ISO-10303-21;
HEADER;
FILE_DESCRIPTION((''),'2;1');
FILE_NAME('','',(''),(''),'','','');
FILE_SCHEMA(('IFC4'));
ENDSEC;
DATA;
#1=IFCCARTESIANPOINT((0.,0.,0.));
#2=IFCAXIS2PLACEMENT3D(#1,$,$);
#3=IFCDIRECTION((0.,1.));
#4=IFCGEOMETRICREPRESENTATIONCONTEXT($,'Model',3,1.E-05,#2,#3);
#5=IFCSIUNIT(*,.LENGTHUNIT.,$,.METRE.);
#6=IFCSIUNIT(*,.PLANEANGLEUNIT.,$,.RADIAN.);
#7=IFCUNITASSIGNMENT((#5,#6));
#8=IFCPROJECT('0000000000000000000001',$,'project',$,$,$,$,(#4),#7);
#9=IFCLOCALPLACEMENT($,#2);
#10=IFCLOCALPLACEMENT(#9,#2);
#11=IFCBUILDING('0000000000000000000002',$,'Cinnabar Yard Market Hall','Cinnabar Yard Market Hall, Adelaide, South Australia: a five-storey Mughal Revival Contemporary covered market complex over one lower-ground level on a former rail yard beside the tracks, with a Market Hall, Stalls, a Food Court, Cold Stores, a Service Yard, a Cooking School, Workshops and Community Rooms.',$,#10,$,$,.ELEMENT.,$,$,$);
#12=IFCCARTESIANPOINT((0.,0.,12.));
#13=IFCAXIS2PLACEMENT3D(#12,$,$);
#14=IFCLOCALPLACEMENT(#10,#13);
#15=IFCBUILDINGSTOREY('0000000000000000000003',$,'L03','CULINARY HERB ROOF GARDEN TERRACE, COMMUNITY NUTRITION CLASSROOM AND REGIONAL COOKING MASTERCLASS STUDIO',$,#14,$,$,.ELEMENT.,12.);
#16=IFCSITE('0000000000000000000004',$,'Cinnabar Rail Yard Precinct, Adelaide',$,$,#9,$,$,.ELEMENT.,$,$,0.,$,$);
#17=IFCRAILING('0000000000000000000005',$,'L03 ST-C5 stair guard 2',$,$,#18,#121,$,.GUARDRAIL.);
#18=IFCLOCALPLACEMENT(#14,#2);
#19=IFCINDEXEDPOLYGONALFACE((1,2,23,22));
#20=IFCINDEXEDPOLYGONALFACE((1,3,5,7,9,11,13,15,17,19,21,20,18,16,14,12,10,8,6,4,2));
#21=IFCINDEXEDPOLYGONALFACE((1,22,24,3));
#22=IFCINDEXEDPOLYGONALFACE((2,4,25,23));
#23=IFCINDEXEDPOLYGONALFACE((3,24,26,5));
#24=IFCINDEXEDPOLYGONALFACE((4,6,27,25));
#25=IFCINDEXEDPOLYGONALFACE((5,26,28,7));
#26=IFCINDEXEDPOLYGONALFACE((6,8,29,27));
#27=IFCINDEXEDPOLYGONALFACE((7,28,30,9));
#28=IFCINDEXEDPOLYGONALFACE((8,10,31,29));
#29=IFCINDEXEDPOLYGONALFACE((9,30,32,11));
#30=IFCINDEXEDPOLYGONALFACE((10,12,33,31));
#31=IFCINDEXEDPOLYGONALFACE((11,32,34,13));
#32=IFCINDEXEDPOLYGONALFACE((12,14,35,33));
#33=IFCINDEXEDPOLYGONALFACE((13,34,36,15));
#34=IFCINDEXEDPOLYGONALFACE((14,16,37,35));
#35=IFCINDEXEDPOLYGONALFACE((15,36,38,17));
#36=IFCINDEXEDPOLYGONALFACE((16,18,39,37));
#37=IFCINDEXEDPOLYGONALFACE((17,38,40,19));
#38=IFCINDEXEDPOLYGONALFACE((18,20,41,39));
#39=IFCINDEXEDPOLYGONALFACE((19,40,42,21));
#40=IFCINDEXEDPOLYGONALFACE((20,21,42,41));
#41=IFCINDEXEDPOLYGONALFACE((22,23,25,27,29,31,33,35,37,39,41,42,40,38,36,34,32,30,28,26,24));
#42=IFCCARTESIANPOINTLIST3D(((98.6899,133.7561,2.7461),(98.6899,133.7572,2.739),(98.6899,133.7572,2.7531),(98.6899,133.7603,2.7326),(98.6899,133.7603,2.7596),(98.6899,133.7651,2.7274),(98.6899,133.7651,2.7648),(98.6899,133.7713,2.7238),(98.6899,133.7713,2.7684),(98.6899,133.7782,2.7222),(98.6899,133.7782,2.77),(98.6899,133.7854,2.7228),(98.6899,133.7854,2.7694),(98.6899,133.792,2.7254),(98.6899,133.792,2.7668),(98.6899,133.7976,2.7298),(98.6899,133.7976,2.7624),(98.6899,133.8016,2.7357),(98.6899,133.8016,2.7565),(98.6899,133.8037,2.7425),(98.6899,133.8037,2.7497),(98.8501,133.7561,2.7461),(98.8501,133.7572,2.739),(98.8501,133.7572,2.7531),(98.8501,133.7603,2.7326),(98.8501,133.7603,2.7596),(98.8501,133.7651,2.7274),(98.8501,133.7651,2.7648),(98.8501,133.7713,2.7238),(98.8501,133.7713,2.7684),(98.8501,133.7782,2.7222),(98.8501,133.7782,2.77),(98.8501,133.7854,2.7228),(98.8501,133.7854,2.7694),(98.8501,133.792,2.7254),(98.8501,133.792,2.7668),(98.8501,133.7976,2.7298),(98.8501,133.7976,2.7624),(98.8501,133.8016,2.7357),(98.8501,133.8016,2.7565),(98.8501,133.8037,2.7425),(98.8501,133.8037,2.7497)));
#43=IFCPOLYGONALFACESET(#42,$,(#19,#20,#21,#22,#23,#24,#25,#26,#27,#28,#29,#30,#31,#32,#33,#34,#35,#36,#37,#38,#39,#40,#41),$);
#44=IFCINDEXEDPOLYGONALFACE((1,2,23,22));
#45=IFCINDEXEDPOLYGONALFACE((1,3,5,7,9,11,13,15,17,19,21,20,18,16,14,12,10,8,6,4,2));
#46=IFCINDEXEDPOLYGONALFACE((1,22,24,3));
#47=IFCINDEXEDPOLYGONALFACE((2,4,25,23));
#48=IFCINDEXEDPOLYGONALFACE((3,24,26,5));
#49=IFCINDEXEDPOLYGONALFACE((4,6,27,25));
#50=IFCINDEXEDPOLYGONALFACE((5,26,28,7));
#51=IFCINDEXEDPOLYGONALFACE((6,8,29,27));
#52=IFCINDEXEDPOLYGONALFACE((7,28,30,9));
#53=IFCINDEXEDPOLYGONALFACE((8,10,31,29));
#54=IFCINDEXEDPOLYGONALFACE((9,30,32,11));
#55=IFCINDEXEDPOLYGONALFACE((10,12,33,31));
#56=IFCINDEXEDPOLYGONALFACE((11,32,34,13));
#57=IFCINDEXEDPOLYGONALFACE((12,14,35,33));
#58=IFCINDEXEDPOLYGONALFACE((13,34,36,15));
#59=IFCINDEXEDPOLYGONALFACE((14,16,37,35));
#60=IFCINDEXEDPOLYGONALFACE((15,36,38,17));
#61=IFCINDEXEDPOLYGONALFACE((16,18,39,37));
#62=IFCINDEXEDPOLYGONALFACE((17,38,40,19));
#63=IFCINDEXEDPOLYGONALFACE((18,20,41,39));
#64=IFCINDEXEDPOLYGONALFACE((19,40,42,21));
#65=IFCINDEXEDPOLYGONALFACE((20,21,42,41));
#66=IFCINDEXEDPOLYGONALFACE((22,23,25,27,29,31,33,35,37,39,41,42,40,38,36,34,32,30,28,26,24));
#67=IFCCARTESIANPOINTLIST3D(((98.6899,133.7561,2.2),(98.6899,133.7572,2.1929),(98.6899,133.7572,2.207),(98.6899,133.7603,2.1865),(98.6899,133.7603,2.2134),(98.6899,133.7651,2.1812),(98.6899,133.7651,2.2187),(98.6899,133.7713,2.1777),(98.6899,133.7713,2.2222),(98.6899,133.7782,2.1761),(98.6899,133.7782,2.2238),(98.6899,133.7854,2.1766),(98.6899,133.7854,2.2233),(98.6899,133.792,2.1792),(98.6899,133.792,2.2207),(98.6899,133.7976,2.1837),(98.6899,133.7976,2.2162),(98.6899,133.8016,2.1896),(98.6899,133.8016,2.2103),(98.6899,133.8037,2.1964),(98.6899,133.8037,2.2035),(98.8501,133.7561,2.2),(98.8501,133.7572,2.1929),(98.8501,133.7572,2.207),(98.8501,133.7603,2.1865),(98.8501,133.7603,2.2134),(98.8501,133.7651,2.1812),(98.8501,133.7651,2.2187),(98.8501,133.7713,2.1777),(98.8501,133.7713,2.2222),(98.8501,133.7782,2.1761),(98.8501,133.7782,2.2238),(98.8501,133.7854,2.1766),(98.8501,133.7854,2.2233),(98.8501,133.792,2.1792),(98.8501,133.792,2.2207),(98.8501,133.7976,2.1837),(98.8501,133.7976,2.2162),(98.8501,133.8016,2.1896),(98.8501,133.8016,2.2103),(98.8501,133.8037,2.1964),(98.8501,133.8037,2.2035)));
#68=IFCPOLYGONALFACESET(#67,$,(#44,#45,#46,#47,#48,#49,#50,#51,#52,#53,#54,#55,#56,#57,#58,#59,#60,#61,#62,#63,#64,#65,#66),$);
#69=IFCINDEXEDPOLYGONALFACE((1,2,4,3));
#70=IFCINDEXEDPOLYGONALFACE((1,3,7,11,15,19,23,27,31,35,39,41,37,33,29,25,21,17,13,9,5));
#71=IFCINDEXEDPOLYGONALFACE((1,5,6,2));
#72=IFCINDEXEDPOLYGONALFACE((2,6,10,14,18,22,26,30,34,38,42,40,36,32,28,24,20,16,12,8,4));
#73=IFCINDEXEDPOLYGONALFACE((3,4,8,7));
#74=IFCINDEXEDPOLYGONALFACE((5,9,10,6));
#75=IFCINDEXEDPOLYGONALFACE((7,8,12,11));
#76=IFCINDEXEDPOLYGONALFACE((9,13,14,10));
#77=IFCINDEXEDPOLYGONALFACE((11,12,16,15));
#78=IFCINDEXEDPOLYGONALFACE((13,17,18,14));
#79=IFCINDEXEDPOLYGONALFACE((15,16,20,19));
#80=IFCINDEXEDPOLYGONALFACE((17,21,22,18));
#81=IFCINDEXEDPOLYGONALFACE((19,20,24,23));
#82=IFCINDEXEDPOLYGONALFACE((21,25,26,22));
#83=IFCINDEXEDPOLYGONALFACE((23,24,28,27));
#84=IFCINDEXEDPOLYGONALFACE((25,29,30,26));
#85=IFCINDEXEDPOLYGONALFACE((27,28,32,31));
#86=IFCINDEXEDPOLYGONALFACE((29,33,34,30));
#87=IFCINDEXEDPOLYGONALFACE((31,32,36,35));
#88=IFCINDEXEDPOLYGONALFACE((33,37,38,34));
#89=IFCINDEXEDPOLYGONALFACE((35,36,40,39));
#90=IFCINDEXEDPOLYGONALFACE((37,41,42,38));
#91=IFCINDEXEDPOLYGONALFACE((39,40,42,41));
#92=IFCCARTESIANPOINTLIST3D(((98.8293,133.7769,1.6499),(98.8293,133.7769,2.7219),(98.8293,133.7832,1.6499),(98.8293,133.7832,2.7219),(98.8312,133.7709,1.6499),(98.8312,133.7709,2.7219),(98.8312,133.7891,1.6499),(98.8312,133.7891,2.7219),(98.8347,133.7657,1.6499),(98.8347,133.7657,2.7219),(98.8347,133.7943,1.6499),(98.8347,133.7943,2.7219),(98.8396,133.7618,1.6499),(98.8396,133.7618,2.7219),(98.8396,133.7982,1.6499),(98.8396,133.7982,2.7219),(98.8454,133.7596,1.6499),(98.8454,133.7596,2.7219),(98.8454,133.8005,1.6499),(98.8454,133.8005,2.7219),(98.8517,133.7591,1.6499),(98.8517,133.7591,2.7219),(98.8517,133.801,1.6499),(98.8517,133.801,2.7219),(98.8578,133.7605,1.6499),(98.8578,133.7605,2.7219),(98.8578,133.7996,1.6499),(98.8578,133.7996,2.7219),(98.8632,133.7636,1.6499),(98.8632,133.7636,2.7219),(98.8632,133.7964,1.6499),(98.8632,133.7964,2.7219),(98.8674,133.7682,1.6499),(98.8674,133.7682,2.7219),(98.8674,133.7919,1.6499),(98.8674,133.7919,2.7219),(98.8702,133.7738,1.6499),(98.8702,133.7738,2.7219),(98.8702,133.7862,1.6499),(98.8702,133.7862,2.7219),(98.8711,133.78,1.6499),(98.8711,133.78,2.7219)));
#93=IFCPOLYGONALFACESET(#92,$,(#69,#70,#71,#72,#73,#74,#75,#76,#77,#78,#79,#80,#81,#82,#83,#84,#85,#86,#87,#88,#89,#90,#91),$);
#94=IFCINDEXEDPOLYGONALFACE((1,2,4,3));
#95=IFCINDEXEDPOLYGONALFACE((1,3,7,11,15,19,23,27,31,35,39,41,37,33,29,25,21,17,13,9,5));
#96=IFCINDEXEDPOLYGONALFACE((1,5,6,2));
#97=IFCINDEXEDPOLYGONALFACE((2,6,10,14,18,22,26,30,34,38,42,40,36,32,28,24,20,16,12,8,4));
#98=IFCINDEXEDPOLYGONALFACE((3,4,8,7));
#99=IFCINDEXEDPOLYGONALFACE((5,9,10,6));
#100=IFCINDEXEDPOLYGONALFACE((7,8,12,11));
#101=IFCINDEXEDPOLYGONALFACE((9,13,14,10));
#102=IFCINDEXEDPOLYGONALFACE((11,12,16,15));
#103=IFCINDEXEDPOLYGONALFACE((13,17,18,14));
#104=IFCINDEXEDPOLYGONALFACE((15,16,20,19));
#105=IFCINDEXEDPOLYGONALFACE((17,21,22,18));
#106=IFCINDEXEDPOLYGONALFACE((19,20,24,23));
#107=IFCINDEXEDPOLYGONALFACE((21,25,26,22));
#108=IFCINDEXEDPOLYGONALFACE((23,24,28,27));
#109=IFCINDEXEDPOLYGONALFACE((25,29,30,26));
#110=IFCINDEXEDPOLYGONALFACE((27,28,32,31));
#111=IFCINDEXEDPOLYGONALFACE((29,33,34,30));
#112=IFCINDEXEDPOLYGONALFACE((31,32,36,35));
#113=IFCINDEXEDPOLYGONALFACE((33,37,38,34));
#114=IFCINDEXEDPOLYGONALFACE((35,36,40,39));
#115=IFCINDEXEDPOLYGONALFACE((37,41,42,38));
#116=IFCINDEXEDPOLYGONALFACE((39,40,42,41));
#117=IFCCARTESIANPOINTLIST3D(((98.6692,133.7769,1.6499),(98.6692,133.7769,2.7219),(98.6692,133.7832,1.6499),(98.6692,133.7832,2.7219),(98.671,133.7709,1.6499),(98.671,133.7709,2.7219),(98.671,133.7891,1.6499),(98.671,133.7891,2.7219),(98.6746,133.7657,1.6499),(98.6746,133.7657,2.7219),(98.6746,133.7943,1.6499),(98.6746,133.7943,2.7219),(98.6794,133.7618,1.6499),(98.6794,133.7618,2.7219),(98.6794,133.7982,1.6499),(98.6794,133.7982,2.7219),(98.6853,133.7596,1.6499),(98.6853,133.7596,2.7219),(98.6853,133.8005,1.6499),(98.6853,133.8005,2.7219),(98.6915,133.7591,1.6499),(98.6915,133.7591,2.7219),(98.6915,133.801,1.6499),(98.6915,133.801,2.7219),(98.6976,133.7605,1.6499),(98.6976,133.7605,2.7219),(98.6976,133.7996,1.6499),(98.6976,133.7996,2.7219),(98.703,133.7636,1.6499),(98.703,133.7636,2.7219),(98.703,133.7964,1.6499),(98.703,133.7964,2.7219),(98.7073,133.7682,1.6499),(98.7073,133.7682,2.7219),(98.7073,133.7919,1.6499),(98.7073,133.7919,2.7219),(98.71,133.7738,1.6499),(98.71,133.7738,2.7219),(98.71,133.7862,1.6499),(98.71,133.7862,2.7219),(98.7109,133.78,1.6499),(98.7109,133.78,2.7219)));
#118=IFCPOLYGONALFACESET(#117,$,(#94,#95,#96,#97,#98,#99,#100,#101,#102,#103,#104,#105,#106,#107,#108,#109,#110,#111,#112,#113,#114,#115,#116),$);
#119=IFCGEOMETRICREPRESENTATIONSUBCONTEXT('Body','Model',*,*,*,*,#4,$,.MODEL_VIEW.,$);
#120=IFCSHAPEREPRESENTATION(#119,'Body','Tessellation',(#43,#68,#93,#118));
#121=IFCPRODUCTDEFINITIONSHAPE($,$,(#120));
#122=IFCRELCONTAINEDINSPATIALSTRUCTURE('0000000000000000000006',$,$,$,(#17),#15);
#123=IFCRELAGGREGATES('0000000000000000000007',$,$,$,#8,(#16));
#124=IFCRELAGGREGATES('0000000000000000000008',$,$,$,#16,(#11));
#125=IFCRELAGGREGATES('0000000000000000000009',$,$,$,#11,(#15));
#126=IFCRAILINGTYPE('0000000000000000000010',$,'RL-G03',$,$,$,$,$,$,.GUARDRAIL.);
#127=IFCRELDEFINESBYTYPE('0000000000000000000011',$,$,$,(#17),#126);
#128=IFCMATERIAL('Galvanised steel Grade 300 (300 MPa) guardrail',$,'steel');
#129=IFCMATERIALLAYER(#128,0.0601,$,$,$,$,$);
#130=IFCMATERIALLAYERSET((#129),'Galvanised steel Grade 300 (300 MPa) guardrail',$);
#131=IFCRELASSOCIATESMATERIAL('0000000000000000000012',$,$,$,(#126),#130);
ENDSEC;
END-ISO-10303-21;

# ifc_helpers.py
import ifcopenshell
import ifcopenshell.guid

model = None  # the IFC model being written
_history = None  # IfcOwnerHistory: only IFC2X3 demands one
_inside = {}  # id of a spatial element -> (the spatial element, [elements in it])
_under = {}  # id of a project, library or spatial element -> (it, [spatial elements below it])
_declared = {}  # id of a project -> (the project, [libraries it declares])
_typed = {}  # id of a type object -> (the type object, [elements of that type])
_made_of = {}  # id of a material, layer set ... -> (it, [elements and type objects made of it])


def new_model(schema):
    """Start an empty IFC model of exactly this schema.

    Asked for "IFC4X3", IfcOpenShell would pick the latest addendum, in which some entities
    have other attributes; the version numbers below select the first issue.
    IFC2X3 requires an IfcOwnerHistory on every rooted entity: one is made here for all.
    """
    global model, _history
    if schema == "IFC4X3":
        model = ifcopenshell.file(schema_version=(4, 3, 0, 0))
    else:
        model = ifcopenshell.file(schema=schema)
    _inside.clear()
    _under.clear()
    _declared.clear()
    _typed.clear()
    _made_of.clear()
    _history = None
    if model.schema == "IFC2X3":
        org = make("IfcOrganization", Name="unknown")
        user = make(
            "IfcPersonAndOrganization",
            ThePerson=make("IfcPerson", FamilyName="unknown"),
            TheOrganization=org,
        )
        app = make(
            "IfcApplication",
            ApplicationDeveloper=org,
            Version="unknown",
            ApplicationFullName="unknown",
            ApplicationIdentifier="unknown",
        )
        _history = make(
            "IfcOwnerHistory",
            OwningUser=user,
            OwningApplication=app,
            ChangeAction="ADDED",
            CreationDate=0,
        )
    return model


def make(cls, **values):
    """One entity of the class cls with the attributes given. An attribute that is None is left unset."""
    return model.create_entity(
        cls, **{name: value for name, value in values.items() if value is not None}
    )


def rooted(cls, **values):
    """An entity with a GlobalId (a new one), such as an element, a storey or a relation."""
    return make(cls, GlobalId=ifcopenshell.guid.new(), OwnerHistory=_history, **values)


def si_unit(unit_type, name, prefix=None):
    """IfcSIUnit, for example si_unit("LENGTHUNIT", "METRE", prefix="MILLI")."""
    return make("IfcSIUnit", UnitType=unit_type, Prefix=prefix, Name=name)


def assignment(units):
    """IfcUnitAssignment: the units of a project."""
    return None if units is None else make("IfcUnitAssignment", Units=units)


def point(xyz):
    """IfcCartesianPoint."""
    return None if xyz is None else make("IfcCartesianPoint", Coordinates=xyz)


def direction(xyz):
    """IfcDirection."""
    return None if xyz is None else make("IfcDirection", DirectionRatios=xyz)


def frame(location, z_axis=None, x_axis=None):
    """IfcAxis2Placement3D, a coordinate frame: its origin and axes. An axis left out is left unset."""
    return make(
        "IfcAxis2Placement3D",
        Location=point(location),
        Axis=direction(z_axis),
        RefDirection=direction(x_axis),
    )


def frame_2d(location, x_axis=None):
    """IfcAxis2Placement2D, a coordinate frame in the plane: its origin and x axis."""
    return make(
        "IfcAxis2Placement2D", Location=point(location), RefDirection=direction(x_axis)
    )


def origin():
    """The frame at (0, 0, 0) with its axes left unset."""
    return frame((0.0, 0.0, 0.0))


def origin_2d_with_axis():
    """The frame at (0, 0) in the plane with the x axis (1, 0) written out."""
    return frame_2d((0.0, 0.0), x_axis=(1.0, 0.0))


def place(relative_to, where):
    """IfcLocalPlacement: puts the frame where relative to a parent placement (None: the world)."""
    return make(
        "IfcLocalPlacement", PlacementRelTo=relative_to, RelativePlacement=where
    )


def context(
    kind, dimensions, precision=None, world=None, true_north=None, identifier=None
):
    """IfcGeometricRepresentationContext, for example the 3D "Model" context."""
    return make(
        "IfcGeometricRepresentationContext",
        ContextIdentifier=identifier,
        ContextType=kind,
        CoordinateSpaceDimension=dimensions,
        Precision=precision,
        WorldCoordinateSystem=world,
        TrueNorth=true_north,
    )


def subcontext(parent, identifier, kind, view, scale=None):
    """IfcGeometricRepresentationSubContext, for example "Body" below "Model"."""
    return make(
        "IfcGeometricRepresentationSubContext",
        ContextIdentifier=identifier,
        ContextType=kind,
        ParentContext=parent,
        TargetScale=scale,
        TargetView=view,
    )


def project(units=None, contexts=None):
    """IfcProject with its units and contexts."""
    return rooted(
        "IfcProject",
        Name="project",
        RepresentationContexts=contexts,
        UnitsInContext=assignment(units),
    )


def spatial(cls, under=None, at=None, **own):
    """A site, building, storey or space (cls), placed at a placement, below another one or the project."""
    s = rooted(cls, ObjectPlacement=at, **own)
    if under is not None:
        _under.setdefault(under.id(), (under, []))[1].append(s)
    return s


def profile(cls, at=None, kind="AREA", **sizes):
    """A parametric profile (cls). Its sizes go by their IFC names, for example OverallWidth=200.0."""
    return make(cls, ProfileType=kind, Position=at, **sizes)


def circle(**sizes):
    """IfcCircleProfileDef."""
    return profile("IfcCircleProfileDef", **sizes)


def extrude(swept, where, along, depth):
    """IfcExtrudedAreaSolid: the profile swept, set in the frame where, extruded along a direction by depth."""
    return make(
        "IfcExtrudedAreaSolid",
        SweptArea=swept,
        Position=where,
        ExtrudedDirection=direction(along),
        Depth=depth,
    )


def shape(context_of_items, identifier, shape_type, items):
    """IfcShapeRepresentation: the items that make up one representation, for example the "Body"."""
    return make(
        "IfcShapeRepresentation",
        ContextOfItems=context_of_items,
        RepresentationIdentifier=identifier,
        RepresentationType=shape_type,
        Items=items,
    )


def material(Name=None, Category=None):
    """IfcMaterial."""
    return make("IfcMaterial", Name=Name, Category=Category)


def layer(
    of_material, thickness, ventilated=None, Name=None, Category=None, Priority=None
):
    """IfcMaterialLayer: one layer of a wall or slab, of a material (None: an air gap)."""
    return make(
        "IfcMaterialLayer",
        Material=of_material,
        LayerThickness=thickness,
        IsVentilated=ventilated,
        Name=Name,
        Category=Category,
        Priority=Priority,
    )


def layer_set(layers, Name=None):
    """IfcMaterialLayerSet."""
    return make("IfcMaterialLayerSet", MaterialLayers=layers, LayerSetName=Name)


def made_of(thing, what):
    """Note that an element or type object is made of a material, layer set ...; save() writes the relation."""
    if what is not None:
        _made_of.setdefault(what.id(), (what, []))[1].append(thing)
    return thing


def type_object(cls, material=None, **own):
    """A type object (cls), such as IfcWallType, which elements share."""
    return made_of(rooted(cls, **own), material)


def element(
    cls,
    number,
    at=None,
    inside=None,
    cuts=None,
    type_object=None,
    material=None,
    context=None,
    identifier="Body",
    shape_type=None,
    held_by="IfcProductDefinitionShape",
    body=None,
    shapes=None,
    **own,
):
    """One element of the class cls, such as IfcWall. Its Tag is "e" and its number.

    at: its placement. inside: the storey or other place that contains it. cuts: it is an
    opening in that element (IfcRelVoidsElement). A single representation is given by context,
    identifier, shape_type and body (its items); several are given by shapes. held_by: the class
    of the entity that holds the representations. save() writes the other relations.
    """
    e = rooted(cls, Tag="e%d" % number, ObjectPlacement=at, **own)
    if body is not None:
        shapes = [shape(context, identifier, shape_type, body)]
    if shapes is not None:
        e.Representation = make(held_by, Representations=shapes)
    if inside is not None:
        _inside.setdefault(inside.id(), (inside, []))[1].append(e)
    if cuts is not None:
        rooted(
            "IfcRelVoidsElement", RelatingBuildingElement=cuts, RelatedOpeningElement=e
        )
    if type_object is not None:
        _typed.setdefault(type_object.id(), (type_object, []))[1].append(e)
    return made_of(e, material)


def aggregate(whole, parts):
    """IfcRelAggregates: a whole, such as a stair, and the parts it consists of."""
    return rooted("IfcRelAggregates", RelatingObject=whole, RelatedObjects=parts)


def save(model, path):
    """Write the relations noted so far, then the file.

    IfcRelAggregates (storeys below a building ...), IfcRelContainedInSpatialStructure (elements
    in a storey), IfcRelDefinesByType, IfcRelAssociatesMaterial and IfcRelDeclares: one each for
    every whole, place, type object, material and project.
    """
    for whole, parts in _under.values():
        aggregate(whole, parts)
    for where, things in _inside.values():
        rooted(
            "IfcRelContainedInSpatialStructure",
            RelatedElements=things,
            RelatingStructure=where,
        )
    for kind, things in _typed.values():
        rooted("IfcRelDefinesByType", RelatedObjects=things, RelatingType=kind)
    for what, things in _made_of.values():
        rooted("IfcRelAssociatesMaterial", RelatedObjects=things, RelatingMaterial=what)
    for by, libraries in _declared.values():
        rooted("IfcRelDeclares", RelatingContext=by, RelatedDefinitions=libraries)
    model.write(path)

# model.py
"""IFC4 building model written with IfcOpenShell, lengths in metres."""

from ifc_helpers import new_model, si_unit, direction, frame, origin, origin_2d_with_axis, place, context, subcontext, project, spatial, circle, extrude, material, layer, layer_set, type_object, element, save


model = new_model("IFC4")

# Units and contexts
model_context = context("Model", 3, precision=1e-05, world=origin(), true_north=direction((0.0, 1.0)))
body_context = subcontext(model_context, "Body", "Model", "MODEL_VIEW")
ifc_project = project(units=[si_unit("LENGTHUNIT", "METRE"), si_unit("PLANEANGLEUNIT", "RADIAN")], contexts=[model_context])

# Site, building, storey
site_placement = place(None, origin())
site = spatial("IfcSite", under=ifc_project, at=site_placement, Name="Cinnabar Rail Yard Precinct, Adelaide", CompositionType="ELEMENT", RefElevation=0.0)
building_placement = place(site_placement, origin())
building = spatial("IfcBuilding", under=site, at=building_placement, Name="Cinnabar Yard Market Hall", Description="Cinnabar Yard Market Hall, Adelaide, South Australia: a five-storey Mughal Revival Contemporary covered market complex over one lower-ground level on a former rail yard beside the tracks, with a Market Hall, Stalls, a Food Court, Cold Stores, a Service Yard, a Cooking School, Workshops and Community Rooms.", CompositionType="ELEMENT")
storey_placement = place(building_placement, frame((0.0, 0.0, 12.0)))
storey = spatial("IfcBuildingStorey", under=building, at=storey_placement, Name="L03", Description="CULINARY HERB ROOF GARDEN TERRACE, COMMUNITY NUTRITION CLASSROOM AND REGIONAL COOKING MASTERCLASS STUDIO", CompositionType="ELEMENT", Elevation=12.0)

# Railing
ifc_material_1 = material(Name="Galvanised steel Grade 300 (300 MPa) guardrail", Category="steel")
ifc_layer_1 = layer(ifc_material_1, 0.0601)
ifc_layer_set_1 = layer_set([ifc_layer_1], Name="Galvanised steel Grade 300 (300 MPa) guardrail")
railing_type_1 = type_object("IfcRailingType", Name="RL-G03", PredefinedType="GUARDRAIL", material=ifc_layer_set_1)
railing_1_placement = place(storey_placement, frame((98.8501, 133.78, 1.6499)))
element("IfcRailing", 1, at=railing_1_placement, inside=storey, type_object=railing_type_1, Name="L03 ST-C5 stair guard 2", PredefinedType="GUARDRAIL", context=body_context, shape_type="SweptSolid", body=[
    extrude(circle(Radius=0.0239, at=origin_2d_with_axis()), frame((0.0, 0.0, 1.0962), z_axis=(-1.0, 0.0, 0.0), x_axis=(0.0, -1.0, 0.0)), (0.0, 0.0, 1.0), 0.1602),
    extrude(circle(Radius=0.0239, at=origin_2d_with_axis()), frame((0.0, 0.0, 0.55), z_axis=(-1.0, 0.0, 0.0), x_axis=(0.0, -1.0, 0.0)), (0.0, 0.0, 1.0), 0.1602),
    extrude(circle(Radius=0.021, at=origin_2d_with_axis()), origin(), (0.0, 0.0, 1.0), 1.072),
    extrude(circle(Radius=0.021, at=origin_2d_with_axis()), frame((-0.1602, 0.0, 0.0)), (0.0, 0.0, 1.0), 1.072),
])

save(model, "model.ifc")
